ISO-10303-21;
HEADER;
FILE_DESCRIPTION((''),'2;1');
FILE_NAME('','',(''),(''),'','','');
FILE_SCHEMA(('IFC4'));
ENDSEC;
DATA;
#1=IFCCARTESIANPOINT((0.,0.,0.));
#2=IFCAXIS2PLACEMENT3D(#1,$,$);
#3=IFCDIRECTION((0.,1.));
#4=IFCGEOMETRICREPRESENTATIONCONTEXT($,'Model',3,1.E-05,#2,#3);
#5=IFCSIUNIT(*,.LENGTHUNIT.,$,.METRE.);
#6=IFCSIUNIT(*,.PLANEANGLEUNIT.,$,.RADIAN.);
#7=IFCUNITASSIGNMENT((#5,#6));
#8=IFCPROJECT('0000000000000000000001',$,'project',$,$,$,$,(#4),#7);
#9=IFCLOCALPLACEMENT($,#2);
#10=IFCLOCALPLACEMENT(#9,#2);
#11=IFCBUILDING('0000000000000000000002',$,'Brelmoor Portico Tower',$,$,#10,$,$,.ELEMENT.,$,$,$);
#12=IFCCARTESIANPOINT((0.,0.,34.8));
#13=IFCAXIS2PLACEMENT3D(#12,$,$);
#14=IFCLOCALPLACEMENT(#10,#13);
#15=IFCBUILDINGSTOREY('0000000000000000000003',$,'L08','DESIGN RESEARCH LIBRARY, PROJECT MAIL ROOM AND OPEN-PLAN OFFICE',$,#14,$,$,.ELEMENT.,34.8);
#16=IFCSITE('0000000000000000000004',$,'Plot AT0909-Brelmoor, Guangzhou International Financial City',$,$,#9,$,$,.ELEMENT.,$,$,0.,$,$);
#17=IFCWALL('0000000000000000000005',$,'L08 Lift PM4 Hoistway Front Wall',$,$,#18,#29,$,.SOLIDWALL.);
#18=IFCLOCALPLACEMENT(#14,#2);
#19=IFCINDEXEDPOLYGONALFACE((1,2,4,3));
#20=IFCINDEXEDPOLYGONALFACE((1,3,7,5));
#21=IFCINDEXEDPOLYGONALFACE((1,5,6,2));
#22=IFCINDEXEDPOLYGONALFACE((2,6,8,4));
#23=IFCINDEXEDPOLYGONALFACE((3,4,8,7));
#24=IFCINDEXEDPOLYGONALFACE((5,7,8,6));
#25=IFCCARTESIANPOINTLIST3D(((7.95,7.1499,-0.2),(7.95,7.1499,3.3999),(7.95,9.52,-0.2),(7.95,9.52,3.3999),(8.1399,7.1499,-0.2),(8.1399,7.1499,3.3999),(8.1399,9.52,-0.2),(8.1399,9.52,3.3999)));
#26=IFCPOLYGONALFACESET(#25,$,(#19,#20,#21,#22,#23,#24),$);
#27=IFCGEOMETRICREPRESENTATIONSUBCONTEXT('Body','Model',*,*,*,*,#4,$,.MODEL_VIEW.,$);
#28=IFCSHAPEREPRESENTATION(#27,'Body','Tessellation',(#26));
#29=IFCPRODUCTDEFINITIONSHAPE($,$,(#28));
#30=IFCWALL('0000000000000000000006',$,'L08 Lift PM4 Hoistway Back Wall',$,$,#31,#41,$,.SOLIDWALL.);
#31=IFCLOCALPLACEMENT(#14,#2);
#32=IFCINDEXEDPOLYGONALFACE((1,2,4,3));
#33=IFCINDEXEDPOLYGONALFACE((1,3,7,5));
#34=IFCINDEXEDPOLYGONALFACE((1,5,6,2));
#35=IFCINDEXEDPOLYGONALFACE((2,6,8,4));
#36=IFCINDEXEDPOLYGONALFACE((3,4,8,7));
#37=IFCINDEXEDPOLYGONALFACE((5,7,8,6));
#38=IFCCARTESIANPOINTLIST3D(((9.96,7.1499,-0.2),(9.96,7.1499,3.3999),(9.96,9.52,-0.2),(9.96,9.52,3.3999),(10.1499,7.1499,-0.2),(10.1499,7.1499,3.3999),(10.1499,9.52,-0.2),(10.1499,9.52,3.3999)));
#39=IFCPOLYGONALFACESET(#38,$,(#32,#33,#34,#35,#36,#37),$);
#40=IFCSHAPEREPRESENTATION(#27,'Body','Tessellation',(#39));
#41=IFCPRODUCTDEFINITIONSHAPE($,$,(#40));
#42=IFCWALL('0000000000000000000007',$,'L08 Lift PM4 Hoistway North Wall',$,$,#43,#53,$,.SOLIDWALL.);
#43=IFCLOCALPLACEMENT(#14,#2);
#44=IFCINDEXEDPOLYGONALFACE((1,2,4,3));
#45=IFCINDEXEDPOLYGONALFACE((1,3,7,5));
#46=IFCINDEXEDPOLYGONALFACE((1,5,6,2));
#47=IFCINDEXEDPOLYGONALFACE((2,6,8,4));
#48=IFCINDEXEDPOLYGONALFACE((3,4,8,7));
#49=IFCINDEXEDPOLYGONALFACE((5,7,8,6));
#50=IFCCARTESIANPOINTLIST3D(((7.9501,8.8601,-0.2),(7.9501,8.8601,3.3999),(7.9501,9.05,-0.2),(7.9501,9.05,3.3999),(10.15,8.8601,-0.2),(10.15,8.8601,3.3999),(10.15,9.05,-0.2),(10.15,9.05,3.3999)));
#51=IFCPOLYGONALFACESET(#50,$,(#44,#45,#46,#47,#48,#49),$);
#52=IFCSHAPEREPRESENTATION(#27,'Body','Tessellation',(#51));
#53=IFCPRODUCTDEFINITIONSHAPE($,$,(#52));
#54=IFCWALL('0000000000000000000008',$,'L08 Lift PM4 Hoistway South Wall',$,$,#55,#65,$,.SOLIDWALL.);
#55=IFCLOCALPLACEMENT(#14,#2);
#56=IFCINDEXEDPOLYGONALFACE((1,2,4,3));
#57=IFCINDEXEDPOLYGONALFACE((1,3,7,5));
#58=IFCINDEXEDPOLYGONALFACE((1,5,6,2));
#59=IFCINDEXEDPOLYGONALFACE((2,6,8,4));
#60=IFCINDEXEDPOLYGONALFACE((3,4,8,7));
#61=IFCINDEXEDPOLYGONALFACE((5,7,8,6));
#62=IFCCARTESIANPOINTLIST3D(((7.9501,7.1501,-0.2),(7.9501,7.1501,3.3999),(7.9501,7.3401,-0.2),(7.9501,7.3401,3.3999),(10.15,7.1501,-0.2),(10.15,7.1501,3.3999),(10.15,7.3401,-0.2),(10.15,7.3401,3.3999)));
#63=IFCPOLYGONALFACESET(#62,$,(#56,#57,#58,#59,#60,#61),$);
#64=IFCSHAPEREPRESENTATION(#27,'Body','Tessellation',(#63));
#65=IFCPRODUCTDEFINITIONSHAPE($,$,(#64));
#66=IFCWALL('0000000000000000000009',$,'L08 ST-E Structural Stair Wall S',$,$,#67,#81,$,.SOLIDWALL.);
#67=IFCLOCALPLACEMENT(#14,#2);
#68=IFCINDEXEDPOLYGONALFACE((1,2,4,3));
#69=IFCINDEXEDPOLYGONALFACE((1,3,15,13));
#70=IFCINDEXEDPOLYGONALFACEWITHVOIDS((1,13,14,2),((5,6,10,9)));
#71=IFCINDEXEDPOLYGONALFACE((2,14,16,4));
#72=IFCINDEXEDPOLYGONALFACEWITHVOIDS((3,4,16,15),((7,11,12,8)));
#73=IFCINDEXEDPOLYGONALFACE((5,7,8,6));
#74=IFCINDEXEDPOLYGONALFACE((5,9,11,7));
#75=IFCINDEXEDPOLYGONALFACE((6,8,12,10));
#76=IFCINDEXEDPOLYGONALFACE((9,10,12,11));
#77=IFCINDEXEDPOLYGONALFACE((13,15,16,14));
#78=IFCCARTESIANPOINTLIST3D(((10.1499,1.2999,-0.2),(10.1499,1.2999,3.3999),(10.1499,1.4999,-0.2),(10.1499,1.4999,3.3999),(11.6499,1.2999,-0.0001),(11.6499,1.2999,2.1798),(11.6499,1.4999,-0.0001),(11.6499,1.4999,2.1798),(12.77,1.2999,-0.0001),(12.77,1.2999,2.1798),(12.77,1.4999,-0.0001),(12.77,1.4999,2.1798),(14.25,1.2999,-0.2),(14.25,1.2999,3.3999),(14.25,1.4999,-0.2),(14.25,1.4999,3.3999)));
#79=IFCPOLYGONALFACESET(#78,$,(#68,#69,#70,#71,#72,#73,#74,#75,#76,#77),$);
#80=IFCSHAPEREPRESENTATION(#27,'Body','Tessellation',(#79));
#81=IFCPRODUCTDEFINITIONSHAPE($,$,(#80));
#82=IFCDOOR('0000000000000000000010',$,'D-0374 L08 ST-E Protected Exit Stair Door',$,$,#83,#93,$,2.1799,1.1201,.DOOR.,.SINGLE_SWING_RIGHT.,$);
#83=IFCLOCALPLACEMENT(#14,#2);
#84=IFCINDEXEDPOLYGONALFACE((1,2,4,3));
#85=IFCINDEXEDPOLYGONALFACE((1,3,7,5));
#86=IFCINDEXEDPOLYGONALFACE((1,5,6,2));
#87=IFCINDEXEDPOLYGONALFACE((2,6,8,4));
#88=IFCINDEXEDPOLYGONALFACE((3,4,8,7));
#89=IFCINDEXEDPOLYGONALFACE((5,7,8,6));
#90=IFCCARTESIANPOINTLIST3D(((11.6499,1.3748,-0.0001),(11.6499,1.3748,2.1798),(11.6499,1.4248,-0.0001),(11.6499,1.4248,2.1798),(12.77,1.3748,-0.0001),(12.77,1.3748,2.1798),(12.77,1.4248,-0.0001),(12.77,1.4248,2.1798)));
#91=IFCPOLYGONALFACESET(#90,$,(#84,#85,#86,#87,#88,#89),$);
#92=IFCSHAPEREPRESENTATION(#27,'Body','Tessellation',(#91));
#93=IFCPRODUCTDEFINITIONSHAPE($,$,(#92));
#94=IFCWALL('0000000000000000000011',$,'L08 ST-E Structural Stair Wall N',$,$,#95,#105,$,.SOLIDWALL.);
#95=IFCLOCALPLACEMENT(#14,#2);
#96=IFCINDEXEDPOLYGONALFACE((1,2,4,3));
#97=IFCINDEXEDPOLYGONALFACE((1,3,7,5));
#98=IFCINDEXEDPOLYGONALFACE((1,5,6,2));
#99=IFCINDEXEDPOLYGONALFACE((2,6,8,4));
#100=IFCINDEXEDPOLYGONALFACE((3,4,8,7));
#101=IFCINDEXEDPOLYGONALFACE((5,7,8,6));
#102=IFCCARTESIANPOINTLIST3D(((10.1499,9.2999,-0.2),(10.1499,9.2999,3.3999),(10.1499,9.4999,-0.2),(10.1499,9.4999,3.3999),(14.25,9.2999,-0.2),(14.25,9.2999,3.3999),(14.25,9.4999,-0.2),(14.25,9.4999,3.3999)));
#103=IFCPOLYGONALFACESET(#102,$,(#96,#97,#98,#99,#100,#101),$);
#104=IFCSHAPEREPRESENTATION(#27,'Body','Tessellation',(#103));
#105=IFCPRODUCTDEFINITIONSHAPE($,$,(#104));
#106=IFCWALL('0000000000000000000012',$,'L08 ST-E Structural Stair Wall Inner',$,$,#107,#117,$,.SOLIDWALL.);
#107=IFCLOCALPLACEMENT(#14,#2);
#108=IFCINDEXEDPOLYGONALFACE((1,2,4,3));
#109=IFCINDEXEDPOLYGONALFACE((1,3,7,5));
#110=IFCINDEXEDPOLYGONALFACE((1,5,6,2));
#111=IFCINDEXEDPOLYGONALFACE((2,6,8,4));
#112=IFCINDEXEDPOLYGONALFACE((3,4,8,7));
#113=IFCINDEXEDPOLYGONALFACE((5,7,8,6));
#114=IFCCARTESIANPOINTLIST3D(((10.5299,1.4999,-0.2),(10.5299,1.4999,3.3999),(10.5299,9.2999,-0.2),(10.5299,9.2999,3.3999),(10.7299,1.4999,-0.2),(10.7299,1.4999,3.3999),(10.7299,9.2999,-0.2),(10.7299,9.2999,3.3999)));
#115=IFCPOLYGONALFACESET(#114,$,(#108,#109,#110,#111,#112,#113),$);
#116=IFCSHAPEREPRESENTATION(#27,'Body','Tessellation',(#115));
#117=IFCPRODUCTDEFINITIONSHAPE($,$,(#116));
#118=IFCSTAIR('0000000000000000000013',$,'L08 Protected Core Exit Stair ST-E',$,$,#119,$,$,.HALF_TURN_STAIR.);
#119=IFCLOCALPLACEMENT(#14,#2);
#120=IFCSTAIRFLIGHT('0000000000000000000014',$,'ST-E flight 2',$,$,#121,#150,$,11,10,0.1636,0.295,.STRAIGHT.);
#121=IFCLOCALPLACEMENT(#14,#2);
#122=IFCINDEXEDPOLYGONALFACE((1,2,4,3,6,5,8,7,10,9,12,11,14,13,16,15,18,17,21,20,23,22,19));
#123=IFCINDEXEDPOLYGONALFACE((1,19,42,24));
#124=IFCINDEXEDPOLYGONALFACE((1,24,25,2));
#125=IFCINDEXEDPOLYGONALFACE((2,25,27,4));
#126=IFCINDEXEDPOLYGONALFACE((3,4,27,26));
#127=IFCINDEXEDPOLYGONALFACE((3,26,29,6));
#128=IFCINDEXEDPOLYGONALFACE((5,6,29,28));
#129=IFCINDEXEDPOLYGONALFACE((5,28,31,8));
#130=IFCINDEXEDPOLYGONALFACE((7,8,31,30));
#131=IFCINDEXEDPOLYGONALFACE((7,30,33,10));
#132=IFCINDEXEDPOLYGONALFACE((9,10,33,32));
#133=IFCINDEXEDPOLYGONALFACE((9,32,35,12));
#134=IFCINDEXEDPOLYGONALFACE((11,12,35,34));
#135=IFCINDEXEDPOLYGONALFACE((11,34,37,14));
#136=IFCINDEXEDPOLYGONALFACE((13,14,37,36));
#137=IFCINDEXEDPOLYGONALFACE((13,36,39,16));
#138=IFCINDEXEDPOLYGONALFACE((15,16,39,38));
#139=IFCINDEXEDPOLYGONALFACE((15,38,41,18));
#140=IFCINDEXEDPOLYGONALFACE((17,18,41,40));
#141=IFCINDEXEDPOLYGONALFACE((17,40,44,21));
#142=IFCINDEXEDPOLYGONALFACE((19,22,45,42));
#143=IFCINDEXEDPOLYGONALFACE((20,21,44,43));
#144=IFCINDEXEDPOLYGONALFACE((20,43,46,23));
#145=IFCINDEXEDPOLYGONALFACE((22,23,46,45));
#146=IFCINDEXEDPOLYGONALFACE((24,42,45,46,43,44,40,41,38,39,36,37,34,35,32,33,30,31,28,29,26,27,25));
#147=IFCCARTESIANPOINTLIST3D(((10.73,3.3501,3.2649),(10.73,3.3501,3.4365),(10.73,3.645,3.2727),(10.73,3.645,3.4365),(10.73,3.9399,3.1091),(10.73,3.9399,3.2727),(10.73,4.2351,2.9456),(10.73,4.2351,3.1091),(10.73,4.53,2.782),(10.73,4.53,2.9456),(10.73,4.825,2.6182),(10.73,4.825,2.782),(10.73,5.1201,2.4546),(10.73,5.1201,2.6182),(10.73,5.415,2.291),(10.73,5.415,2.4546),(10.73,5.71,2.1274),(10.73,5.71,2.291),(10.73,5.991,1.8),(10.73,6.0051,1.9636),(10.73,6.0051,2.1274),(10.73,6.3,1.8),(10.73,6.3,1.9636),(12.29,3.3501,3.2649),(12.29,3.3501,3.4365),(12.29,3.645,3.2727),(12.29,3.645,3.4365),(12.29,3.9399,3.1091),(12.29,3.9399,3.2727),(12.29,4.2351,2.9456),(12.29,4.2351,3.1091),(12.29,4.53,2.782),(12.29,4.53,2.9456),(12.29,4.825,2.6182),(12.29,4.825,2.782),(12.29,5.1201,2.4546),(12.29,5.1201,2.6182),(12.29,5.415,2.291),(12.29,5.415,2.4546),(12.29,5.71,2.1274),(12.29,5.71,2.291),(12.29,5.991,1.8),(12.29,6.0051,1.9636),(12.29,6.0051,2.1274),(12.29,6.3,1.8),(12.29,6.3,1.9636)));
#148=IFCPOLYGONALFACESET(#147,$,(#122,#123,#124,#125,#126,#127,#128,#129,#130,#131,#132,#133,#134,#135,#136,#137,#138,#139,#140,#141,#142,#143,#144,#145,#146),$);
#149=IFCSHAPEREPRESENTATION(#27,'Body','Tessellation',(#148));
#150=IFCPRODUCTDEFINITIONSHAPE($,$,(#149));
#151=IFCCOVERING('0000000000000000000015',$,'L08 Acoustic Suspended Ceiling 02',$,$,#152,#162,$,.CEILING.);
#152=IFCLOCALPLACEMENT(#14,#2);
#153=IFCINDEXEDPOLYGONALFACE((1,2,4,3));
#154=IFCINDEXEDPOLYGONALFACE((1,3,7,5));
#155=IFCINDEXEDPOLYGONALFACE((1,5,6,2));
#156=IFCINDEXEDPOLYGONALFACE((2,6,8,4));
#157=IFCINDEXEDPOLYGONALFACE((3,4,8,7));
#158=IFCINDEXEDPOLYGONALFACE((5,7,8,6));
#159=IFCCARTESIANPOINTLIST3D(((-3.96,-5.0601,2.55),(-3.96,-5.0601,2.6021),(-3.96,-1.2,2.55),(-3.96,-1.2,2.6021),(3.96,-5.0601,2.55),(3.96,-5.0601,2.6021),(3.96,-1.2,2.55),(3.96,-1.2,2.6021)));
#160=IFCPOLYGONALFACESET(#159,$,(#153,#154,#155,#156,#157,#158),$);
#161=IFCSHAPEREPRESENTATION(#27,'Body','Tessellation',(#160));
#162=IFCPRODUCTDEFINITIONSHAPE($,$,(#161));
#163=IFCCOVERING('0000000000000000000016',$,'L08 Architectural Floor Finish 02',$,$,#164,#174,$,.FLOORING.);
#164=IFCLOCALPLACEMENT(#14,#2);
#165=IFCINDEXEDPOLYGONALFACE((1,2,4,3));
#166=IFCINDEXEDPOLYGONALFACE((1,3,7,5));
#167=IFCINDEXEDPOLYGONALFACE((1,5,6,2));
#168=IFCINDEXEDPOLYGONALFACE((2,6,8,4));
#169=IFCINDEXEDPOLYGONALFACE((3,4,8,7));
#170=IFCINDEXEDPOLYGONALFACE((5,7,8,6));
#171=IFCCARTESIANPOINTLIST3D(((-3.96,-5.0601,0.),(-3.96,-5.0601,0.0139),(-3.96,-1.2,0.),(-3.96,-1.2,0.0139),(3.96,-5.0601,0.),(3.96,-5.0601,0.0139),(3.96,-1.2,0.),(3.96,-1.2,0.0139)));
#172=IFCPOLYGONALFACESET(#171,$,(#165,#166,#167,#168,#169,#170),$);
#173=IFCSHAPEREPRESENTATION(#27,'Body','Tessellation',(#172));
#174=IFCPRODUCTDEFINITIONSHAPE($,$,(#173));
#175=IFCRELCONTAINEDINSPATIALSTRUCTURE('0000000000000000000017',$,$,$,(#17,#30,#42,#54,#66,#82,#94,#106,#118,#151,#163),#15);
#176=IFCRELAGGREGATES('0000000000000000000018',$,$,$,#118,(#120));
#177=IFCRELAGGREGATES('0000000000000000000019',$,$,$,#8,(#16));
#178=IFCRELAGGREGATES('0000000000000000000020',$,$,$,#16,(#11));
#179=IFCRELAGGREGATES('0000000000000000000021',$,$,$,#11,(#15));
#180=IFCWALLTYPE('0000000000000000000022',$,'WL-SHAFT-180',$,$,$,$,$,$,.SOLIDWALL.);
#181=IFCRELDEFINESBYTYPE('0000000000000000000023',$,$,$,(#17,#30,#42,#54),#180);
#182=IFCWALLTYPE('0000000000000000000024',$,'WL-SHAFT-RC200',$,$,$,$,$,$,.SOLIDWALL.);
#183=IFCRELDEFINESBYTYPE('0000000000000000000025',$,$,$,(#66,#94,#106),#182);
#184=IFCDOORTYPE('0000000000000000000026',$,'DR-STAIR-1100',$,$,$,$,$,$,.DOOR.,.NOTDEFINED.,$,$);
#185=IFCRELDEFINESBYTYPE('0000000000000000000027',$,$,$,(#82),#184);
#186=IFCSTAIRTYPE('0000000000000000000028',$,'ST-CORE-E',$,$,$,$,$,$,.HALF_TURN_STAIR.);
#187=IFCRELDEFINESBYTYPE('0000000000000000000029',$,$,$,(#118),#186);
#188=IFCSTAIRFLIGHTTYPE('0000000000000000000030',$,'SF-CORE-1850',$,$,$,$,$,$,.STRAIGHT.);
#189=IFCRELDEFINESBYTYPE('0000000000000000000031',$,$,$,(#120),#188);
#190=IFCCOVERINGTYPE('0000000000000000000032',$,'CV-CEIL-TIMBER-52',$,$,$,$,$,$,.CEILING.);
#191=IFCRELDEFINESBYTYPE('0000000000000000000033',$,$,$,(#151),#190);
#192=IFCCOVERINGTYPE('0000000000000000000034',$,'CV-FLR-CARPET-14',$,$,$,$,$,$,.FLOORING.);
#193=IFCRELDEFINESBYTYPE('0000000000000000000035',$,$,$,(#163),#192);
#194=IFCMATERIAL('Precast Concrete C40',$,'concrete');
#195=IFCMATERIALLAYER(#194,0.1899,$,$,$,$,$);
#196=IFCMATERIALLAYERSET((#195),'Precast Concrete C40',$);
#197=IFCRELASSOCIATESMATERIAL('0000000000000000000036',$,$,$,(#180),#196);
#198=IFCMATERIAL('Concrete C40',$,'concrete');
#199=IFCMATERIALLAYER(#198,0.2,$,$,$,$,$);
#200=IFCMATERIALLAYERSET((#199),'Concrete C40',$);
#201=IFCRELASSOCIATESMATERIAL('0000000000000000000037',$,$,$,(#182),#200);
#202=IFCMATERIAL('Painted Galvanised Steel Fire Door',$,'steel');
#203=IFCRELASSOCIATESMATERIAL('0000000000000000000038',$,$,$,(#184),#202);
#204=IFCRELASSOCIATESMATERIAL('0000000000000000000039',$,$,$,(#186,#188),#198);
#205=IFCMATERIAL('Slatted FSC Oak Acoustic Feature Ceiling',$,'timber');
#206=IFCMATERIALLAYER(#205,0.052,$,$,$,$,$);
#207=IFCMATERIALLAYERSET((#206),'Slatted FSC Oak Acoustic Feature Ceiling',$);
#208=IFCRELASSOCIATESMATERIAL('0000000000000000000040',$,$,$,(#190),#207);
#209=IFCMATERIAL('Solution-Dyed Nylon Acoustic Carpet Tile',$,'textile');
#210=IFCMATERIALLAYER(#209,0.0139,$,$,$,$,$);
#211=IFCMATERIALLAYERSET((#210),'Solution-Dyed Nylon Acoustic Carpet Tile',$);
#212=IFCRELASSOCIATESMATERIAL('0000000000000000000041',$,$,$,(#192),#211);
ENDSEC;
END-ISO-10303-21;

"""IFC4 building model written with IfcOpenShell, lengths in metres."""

from ifc_helpers import new_model, si_unit, direction, frame, frame_2d, origin, place, context, subcontext, project, spatial, polyline, rectangle, outline, extrude, material, layer, layer_set, type_object, element, fill, aggregate, save


model = new_model("IFC4")

# Units and contexts
model_context = context("Model", 3, precision=1e-05, world=origin(), true_north=direction((0.0, 1.0)))
body_context = subcontext(model_context, "Body", "Model", "MODEL_VIEW")
ifc_project = project(units=[si_unit("LENGTHUNIT", "METRE"), si_unit("PLANEANGLEUNIT", "RADIAN")], contexts=[model_context])

# Site, building, storey
site_placement = place(None, origin())
site = spatial("IfcSite", under=ifc_project, at=site_placement, Name="Plot AT0909-Brelmoor, Guangzhou International Financial City", CompositionType="ELEMENT", RefElevation=0.0)
building_placement = place(site_placement, origin())
building = spatial("IfcBuilding", under=site, at=building_placement, Name="Brelmoor Portico Tower", CompositionType="ELEMENT")
storey_placement = place(building_placement, frame((0.0, 0.0, 34.8)))
storey = spatial("IfcBuildingStorey", under=building, at=storey_placement, Name="L08", Description="DESIGN RESEARCH LIBRARY, PROJECT MAIL ROOM AND OPEN-PLAN OFFICE", CompositionType="ELEMENT", Elevation=34.8)

# Walls
ifc_material_1 = material(Name="Precast Concrete C40", Category="concrete")
ifc_layer_1 = layer(ifc_material_1, 0.1899)
ifc_layer_set_1 = layer_set([ifc_layer_1], Name="Precast Concrete C40")
wall_type_1 = type_object("IfcWallType", Name="WL-SHAFT-180", PredefinedType="SOLIDWALL", material=ifc_layer_set_1)
for number, where, z_axis, x_axis, name in (
    (1, (8.0449, 7.1499, -0.2), (0.0, 0.0, 1.0), (0.0, 1.0, 0.0), "L08 Lift PM4 Hoistway Front Wall"),
    (2, (10.0549, 7.1499, -0.2), (0.0, 0.0, 1.0), (0.0, 1.0, 0.0), "L08 Lift PM4 Hoistway Back Wall"),
):
    element("IfcWall", number, at=place(storey_placement, frame(where, z_axis=z_axis, x_axis=x_axis)), inside=storey, type_object=wall_type_1, Name=name, PredefinedType="SOLIDWALL", context=body_context, shape_type="SweptSolid", body=[
        extrude(rectangle(XDim=2.3701, YDim=0.1899, at=frame_2d((1.1851, 0.0))), origin(), (0.0, 0.0, 1.0), 3.5999),
    ])
for number, where, z_axis, x_axis, name in (
    (3, (7.95, 8.9551, -0.2), (0.0, 0.0, 1.0), (1.0, 0.0, 0.0), "L08 Lift PM4 Hoistway North Wall"),
    (4, (7.95, 7.2451, -0.2), (0.0, 0.0, 1.0), (1.0, 0.0, 0.0), "L08 Lift PM4 Hoistway South Wall"),
):
    element("IfcWall", number, at=place(storey_placement, frame(where, z_axis=z_axis, x_axis=x_axis)), inside=storey, type_object=wall_type_1, Name=name, PredefinedType="SOLIDWALL", context=body_context, shape_type="SweptSolid", body=[
        extrude(rectangle(XDim=2.2, YDim=0.1899, at=frame_2d((1.1001, 0.0))), origin(), (0.0, 0.0, 1.0), 3.5999),
    ])

# Wall, opening, door
ifc_material_2 = material(Name="Concrete C40", Category="concrete")
ifc_layer_2 = layer(ifc_material_2, 0.2)
ifc_layer_set_2 = layer_set([ifc_layer_2], Name="Concrete C40")
wall_type_2 = type_object("IfcWallType", Name="WL-SHAFT-RC200", PredefinedType="SOLIDWALL", material=ifc_layer_set_2)
wall_1_placement = place(storey_placement, frame((10.1499, 1.3999, -0.2), z_axis=(0.0, 0.0, 1.0), x_axis=(1.0, 0.0, 0.0)))
wall_1 = element("IfcWall", 5, at=wall_1_placement, inside=storey, type_object=wall_type_2, Name="L08 ST-E Structural Stair Wall S", PredefinedType="SOLIDWALL", context=body_context, shape_type="SweptSolid", body=[
    extrude(rectangle(XDim=4.1001, YDim=0.2, at=frame_2d((2.05, 0.0))), origin(), (0.0, 0.0, 1.0), 3.5999),
])
opening_placement = place(wall_1_placement, frame((1.5, 0.0, 0.2)))
opening = element("IfcOpeningElement", 6, at=opening_placement, cuts=wall_1, PredefinedType="OPENING", context=body_context, shape_type="SweptSolid", body=[
    extrude(rectangle(XDim=1.1201, YDim=2.1799, at=frame_2d((0.5601, 1.0898))), frame((0.0, 0.1099, 0.0), z_axis=(0.0, -1.0, 0.0), x_axis=(1.0, 0.0, 0.0)), (0.0, 0.0, 1.0), 0.22),
])
ifc_material_3 = material(Name="Painted Galvanised Steel Fire Door", Category="steel")
door_type = type_object("IfcDoorType", Name="DR-STAIR-1100", OperationType="NOTDEFINED", PredefinedType="DOOR", material=ifc_material_3)
door_placement = place(opening_placement, origin())
door = element("IfcDoor", 7, at=door_placement, inside=storey, type_object=door_type, Name="D-0374 L08 ST-E Protected Exit Stair Door", OperationType="SINGLE_SWING_RIGHT", OverallHeight=2.1799, OverallWidth=1.1201, PredefinedType="DOOR", context=body_context, shape_type="SweptSolid", body=[
    extrude(rectangle(XDim=1.1201, YDim=2.1799, at=frame_2d((0.5601, 1.0898))), frame((0.0, 0.0249, 0.0), z_axis=(0.0, -1.0, 0.0), x_axis=(1.0, 0.0, 0.0)), (0.0, 0.0, 1.0), 0.05),
])
fill(opening, door)

# Walls
wall_2_placement = place(storey_placement, frame((10.1499, 9.3999, -0.2), z_axis=(0.0, 0.0, 1.0), x_axis=(1.0, 0.0, 0.0)))
element("IfcWall", 8, at=wall_2_placement, inside=storey, type_object=wall_type_2, Name="L08 ST-E Structural Stair Wall N", PredefinedType="SOLIDWALL", context=body_context, shape_type="SweptSolid", body=[
    extrude(rectangle(XDim=4.1001, YDim=0.2, at=frame_2d((2.05, 0.0))), origin(), (0.0, 0.0, 1.0), 3.5999),
])
wall_3_placement = place(storey_placement, frame((10.6299, 1.5, -0.2), z_axis=(0.0, 0.0, 1.0), x_axis=(0.0, 1.0, 0.0)))
element("IfcWall", 9, at=wall_3_placement, inside=storey, type_object=wall_type_2, Name="L08 ST-E Structural Stair Wall Inner", PredefinedType="SOLIDWALL", context=body_context, shape_type="SweptSolid", body=[
    extrude(rectangle(XDim=7.8, YDim=0.2, at=frame_2d((3.8999, 0.0))), origin(), (0.0, 0.0, 1.0), 3.5999),
])

# Stair, stair flight
stair_type = type_object("IfcStairType", Name="ST-CORE-E", PredefinedType="HALF_TURN_STAIR", material=ifc_material_2)
stair_placement = place(storey_placement, origin())
stair = element("IfcStair", 10, at=stair_placement, inside=storey, type_object=stair_type, Name="L08 Protected Core Exit Stair ST-E", PredefinedType="HALF_TURN_STAIR")
stair_flight_type = type_object("IfcStairFlightType", Name="SF-CORE-1850", PredefinedType="STRAIGHT", material=ifc_material_2)
stair_flight_placement = place(storey_placement, frame((11.51, 6.3, 1.8), z_axis=(0.0, 0.0, 1.0), x_axis=(0.0, -1.0, 0.0)))
stair_flight = element("IfcStairFlight", 11, at=stair_flight_placement, type_object=stair_flight_type, Name="ST-E flight 2", NumberOfRisers=11, NumberOfTreads=10, PredefinedType="STRAIGHT", RiserHeight=0.1636, TreadLength=0.295, context=body_context, shape_type="SweptSolid", body=[
    extrude(outline(polyline([(0.0, 0.0), (0.0, 0.1636), (0.2949, 0.1636), (0.2949, 0.3274), (0.5901, 0.3274), (0.5901, 0.491), (0.885, 0.491), (0.885, 0.6545), (1.1799, 0.6545), (1.1799, 0.8181), (1.4751, 0.8181), (1.4751, 0.9819), (1.77, 0.9819), (1.77, 1.1455), (2.0649, 1.1455), (2.0649, 1.3091), (2.3601, 1.3091), (2.3601, 1.4727), (2.655, 1.4727), (2.655, 1.6365), (2.95, 1.6365), (2.95, 1.8), (2.95, 1.4648), (0.3091, 0.0), (0.0, 0.0)])), frame((0.0, 0.78, 0.0), z_axis=(0.0, -1.0, 0.0), x_axis=(1.0, 0.0, 0.0)), (0.0, 0.0, 1.0), 1.5601),
])
aggregate(stair, [stair_flight])

# Coverings
ifc_material_4 = material(Name="Slatted FSC Oak Acoustic Feature Ceiling", Category="timber")
ifc_layer_3 = layer(ifc_material_4, 0.052)
ifc_layer_set_3 = layer_set([ifc_layer_3], Name="Slatted FSC Oak Acoustic Feature Ceiling")
covering_type_1 = type_object("IfcCoveringType", Name="CV-CEIL-TIMBER-52", PredefinedType="CEILING", material=ifc_layer_set_3)
covering_1_placement = place(storey_placement, frame((0.0, 0.0, 2.55)))
element("IfcCovering", 12, at=covering_1_placement, inside=storey, type_object=covering_type_1, Name="L08 Acoustic Suspended Ceiling 02", PredefinedType="CEILING", context=body_context, shape_type="SweptSolid", body=[
    extrude(outline(polyline([(-3.96, -5.0601), (-3.96, -1.2), (3.96, -1.2), (3.96, -5.0601), (-3.96, -5.0601)])), origin(), (0.0, 0.0, 1.0), 0.052),
])
ifc_material_5 = material(Name="Solution-Dyed Nylon Acoustic Carpet Tile", Category="textile")
ifc_layer_4 = layer(ifc_material_5, 0.0139)
ifc_layer_set_4 = layer_set([ifc_layer_4], Name="Solution-Dyed Nylon Acoustic Carpet Tile")
covering_type_2 = type_object("IfcCoveringType", Name="CV-FLR-CARPET-14", PredefinedType="FLOORING", material=ifc_layer_set_4)
covering_2_placement = place(storey_placement, origin())
element("IfcCovering", 13, at=covering_2_placement, inside=storey, type_object=covering_type_2, Name="L08 Architectural Floor Finish 02", PredefinedType="FLOORING", context=body_context, shape_type="SweptSolid", body=[
    extrude(outline(polyline([(-3.96, -5.0601), (-3.96, -1.2), (3.96, -1.2), (3.96, -5.0601), (-3.96, -5.0601)])), origin(), (0.0, 0.0, 1.0), 0.0139),
])

save(model, "model.ifc")
